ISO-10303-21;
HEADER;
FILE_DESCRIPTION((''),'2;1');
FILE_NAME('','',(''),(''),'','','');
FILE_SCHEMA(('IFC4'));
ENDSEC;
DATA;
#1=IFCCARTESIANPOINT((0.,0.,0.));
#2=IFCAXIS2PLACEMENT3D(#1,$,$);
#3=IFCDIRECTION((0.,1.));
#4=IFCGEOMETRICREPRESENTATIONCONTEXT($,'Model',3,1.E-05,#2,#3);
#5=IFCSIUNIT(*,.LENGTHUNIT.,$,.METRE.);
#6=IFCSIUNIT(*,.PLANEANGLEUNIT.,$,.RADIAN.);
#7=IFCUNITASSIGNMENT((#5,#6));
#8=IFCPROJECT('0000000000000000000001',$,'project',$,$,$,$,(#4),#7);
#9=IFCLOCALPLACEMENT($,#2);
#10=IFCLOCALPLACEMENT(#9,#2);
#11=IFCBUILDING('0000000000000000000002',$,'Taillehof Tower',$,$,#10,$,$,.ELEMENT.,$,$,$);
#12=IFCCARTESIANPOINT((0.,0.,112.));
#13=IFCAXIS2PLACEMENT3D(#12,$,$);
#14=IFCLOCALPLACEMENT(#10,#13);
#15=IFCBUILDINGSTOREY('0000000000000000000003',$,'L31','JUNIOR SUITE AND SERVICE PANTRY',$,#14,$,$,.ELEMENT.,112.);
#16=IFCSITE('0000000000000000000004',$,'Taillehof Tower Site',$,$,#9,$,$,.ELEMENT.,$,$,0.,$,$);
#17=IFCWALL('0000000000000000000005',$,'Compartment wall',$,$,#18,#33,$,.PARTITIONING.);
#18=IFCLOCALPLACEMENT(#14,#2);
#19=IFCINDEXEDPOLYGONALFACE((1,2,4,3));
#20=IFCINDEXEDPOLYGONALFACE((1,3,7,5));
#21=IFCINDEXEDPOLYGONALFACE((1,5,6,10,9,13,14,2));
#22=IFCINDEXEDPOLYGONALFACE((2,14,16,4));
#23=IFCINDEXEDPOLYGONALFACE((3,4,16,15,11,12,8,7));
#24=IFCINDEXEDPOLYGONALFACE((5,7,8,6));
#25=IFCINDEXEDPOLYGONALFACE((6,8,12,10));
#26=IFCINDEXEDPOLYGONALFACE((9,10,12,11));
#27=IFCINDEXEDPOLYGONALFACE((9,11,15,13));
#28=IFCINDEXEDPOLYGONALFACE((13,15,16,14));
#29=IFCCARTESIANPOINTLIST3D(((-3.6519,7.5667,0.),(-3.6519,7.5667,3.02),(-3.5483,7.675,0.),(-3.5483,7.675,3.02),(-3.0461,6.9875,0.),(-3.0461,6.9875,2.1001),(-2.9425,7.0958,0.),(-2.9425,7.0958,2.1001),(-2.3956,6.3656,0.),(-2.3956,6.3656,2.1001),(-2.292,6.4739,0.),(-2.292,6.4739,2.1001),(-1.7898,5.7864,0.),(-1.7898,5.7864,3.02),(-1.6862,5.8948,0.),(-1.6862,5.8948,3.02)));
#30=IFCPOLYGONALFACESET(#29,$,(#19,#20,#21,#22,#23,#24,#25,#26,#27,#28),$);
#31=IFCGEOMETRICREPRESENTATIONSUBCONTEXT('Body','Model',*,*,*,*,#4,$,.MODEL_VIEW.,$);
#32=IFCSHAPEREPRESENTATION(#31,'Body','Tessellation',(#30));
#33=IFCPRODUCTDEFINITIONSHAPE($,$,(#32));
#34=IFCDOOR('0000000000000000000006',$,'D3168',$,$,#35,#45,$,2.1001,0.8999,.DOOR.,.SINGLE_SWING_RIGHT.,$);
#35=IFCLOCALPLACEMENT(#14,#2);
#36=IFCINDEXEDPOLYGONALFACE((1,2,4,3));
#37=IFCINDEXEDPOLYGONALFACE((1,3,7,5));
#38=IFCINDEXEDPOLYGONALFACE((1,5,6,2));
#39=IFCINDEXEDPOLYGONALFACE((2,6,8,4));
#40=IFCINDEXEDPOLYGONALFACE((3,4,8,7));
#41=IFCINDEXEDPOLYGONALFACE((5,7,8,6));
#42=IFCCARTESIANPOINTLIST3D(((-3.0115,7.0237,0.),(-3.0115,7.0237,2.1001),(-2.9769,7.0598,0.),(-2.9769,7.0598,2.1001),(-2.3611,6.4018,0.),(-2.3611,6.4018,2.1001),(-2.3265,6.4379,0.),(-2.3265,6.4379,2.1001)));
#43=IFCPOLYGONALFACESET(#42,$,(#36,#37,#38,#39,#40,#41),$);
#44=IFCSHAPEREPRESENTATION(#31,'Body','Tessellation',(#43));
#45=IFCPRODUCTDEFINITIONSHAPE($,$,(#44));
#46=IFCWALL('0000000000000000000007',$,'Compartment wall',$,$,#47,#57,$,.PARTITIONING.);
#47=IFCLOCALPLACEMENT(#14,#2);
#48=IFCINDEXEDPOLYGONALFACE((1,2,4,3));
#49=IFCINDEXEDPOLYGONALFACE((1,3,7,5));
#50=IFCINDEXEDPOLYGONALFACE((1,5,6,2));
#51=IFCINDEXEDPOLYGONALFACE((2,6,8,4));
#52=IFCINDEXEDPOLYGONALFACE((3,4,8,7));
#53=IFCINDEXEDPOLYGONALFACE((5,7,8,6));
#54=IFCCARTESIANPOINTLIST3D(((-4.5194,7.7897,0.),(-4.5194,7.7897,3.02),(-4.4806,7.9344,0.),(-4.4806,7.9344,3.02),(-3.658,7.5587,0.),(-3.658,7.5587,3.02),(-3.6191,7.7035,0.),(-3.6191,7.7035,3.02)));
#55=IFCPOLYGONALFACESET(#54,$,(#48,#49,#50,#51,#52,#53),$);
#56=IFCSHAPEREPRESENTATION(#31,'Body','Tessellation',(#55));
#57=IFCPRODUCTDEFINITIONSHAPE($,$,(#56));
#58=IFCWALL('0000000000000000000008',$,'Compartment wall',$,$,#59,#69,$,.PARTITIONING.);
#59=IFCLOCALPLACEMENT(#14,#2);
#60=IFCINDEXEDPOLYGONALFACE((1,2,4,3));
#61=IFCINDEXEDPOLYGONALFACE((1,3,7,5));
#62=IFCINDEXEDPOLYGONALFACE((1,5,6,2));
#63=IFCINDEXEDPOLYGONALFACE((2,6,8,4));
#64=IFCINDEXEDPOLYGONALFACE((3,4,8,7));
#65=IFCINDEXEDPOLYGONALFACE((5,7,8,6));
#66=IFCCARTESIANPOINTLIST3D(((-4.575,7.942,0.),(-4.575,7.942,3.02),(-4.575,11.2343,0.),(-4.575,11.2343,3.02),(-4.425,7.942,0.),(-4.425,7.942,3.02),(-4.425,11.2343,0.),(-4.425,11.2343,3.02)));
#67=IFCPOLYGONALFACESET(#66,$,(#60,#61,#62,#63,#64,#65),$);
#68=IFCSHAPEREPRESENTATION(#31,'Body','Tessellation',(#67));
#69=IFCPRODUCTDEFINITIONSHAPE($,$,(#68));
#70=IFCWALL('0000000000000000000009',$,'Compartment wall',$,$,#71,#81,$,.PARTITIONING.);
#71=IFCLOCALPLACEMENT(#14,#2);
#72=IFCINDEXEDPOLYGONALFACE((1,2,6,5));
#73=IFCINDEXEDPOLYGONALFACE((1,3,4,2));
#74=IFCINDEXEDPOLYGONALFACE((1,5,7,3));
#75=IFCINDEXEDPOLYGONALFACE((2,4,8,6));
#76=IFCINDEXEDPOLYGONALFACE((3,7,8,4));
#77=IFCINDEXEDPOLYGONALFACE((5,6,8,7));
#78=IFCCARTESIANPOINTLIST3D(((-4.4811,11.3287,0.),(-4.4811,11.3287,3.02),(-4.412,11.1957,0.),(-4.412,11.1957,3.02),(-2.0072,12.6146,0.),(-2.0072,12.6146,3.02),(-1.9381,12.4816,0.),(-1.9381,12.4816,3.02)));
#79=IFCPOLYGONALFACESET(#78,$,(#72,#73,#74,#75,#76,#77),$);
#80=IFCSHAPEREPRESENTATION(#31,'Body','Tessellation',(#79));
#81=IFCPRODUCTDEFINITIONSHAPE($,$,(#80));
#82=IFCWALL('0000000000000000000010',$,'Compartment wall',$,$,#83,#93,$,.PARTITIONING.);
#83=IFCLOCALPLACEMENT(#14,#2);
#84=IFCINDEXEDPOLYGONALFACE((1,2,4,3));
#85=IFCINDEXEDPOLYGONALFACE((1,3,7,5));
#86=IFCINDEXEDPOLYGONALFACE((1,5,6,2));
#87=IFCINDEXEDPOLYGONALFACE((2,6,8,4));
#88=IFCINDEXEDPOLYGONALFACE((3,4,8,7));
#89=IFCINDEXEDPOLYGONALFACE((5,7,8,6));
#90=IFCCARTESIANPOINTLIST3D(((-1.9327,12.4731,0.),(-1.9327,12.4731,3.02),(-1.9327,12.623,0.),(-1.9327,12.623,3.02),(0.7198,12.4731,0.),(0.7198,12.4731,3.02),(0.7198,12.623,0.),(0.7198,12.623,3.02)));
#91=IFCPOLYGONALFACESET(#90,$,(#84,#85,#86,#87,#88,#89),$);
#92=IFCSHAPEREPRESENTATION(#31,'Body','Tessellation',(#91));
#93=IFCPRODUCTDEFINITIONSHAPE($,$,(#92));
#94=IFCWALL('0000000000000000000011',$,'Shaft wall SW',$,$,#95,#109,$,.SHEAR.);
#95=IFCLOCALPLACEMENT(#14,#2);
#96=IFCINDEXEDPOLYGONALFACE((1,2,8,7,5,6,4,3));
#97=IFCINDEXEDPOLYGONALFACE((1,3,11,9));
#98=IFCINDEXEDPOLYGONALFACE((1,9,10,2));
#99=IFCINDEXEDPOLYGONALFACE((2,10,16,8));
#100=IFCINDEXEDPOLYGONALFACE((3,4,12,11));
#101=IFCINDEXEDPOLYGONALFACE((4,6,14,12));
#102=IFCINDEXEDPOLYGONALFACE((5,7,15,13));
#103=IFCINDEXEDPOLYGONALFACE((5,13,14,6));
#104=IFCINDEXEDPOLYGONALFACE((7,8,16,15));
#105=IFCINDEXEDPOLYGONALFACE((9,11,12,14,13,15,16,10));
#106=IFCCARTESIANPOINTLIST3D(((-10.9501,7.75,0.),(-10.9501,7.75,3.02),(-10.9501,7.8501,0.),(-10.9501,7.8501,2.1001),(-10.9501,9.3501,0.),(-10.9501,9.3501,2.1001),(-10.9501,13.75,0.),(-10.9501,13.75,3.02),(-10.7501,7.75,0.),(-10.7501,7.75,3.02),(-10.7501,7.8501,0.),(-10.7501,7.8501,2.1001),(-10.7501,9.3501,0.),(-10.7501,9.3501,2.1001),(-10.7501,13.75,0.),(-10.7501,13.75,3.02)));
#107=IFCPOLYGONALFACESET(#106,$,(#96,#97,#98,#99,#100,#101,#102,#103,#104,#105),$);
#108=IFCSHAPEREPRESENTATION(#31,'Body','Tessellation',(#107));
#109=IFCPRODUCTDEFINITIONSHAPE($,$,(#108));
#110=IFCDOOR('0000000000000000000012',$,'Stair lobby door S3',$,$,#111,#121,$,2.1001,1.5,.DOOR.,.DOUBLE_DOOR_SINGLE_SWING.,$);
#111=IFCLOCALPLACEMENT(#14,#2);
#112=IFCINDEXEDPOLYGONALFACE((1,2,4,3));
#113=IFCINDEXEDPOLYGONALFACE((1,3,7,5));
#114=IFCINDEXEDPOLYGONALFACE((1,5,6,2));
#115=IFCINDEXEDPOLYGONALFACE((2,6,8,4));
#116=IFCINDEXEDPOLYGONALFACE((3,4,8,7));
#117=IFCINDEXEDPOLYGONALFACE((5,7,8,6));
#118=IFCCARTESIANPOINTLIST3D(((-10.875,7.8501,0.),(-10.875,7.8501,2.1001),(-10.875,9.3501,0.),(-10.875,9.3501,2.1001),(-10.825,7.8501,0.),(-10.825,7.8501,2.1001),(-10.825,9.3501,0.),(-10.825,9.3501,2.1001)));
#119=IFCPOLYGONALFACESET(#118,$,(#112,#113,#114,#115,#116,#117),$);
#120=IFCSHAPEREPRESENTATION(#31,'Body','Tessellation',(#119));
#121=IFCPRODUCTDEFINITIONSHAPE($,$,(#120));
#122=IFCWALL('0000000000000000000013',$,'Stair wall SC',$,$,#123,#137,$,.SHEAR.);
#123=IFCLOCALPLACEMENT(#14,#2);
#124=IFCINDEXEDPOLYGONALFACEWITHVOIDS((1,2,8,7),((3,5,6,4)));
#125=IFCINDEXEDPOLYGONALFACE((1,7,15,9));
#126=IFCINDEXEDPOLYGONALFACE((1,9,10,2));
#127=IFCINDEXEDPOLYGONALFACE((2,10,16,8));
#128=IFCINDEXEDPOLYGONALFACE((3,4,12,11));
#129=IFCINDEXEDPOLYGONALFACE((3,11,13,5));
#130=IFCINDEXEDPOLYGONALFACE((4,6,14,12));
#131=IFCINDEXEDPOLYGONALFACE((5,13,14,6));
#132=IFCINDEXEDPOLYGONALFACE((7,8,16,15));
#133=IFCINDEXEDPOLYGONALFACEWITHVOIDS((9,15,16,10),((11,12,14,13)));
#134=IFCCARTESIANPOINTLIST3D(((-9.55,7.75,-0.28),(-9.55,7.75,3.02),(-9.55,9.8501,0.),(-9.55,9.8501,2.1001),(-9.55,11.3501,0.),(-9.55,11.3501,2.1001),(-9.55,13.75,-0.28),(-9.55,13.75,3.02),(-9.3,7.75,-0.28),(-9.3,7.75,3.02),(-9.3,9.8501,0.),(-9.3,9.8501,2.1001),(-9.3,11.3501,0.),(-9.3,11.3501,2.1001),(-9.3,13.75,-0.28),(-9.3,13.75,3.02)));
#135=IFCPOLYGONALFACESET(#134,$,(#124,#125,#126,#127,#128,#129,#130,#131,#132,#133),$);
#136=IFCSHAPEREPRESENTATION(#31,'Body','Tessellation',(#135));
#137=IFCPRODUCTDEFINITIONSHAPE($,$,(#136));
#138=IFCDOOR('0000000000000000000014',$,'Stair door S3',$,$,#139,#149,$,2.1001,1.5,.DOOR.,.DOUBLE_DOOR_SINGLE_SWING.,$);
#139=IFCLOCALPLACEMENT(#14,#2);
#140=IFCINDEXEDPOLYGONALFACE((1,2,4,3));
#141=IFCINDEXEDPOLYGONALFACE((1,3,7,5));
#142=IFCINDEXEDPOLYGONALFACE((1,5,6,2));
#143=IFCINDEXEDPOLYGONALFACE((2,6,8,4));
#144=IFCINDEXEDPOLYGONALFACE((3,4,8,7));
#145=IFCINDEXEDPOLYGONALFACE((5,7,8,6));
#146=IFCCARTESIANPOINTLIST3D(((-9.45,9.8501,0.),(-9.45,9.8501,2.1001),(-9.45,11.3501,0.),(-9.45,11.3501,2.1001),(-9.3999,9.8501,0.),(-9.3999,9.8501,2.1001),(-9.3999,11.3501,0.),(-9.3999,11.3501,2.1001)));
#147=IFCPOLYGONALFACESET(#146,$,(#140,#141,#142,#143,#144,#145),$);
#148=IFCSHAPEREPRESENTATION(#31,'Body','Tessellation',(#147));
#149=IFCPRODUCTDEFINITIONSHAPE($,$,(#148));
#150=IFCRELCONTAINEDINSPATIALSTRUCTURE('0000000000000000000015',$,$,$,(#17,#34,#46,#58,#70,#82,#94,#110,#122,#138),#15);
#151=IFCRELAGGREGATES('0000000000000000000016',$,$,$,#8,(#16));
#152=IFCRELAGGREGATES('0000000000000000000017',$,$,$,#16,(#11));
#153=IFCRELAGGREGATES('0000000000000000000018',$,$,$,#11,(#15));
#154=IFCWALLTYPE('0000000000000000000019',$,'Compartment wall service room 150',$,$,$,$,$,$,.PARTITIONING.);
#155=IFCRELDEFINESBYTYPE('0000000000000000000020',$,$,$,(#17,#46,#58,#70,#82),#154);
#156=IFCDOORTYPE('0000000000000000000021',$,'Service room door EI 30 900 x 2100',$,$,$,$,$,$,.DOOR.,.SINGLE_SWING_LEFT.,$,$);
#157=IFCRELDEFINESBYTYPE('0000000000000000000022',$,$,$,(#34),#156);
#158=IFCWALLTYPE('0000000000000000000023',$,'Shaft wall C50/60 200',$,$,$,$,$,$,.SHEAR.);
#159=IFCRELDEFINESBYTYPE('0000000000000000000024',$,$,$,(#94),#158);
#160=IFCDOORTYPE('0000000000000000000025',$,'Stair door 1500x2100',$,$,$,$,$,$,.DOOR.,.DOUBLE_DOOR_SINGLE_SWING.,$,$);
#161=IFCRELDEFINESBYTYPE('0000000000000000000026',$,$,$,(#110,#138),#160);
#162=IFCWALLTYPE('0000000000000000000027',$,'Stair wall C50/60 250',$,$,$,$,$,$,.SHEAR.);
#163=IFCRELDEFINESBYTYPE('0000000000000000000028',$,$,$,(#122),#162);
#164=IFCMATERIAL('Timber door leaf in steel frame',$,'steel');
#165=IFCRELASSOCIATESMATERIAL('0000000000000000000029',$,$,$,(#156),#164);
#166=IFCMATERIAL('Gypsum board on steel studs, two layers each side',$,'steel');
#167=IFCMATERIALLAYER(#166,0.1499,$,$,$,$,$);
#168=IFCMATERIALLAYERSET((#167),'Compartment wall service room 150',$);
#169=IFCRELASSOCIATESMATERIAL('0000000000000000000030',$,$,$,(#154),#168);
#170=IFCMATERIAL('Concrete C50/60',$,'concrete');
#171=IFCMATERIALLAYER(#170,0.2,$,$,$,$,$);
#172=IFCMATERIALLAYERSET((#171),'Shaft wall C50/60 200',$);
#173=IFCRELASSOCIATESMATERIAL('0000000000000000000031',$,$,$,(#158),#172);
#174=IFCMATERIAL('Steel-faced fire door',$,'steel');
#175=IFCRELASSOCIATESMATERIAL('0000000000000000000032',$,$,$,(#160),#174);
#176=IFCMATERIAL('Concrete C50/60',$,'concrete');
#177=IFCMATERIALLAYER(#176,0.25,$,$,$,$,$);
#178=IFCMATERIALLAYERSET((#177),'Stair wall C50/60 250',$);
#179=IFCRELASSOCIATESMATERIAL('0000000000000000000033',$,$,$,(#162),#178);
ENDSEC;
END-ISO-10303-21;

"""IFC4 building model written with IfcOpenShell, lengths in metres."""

from ifc_helpers import new_model, si_unit, direction, frame, frame_2d, origin, place, context, subcontext, project, spatial, rectangle, extrude, material, layer, layer_set, type_object, element, fill, save


model = new_model("IFC4")

# Units and contexts
model_context = context("Model", 3, precision=1e-05, world=origin(), true_north=direction((0.0, 1.0)))
body_context = subcontext(model_context, "Body", "Model", "MODEL_VIEW")
ifc_project = project(units=[si_unit("LENGTHUNIT", "METRE"), si_unit("PLANEANGLEUNIT", "RADIAN")], contexts=[model_context])

# Site, building, storey
site_placement = place(None, origin())
site = spatial("IfcSite", under=ifc_project, at=site_placement, Name="Taillehof Tower Site", CompositionType="ELEMENT", RefElevation=0.0)
building_placement = place(site_placement, origin())
building = spatial("IfcBuilding", under=site, at=building_placement, Name="Taillehof Tower", CompositionType="ELEMENT")
storey_placement = place(building_placement, frame((0.0, 0.0, 112.0)))
storey = spatial("IfcBuildingStorey", under=building, at=storey_placement, Name="L31", Description="JUNIOR SUITE AND SERVICE PANTRY", CompositionType="ELEMENT", Elevation=112.0)

# Shared definitions
ifc_material_1 = material(Name="Timber door leaf in steel frame", Category="steel")
door_type_1 = type_object("IfcDoorType", Name="Service room door EI 30 900 x 2100", OperationType="SINGLE_SWING_LEFT", PredefinedType="DOOR", material=ifc_material_1)

# Shared definitions
ifc_material_2 = material(Name="Gypsum board on steel studs, two layers each side", Category="steel")
ifc_layer_1 = layer(ifc_material_2, 0.1499)
ifc_layer_set_1 = layer_set([ifc_layer_1], Name="Compartment wall service room 150")
wall_type_1 = type_object("IfcWallType", Name="Compartment wall service room 150", PredefinedType="PARTITIONING", material=ifc_layer_set_1)

# Wall, opening, door
wall_1_placement = place(storey_placement, frame((-1.738, 5.8406, 0.0), z_axis=(0.0, 0.0, 1.0), x_axis=(-0.722802, 0.691055, 0.0)))
wall_1 = element("IfcWall", 1, at=wall_1_placement, inside=storey, type_object=wall_type_1, Name="Compartment wall", PredefinedType="PARTITIONING", context=body_context, shape_type="SweptSolid", body=[
    extrude(rectangle(XDim=2.5762, YDim=0.1499, at=frame_2d((1.2881, 0.0))), origin(), (0.0, 0.0, 1.0), 3.02),
])
opening_1_placement = place(wall_1_placement, frame((0.8381, 0.0, 0.0)))
opening_1 = element("IfcOpeningElement", 2, at=opening_1_placement, cuts=wall_1, PredefinedType="OPENING", context=body_context, shape_type="SweptSolid", body=[
    extrude(rectangle(XDim=0.8999, YDim=2.1001, at=frame_2d((0.45, 1.05))), frame((0.0, 0.085, 0.0), z_axis=(0.0, -1.0, 0.0), x_axis=(1.0, 0.0, 0.0)), (0.0, 0.0, 1.0), 0.1699),
])
door_1_placement = place(opening_1_placement, origin())
door_1 = element("IfcDoor", 3, at=door_1_placement, inside=storey, type_object=door_type_1, Name="D3168", OperationType="SINGLE_SWING_RIGHT", OverallHeight=2.1001, OverallWidth=0.8999, PredefinedType="DOOR", context=body_context, shape_type="SweptSolid", body=[
    extrude(rectangle(XDim=0.8999, YDim=2.1001, at=frame_2d((0.45, 1.05))), frame((0.0, 0.0249, 0.0), z_axis=(0.0, -1.0, 0.0), x_axis=(1.0, 0.0, 0.0)), (0.0, 0.0, 1.0), 0.05),
])
fill(opening_1, door_1)

# Walls
wall_2_placement = place(storey_placement, frame((-3.6387, 7.6311, 0.0), z_axis=(0.0, 0.0, 1.0), x_axis=(-0.96588, 0.258992, 0.0)))
element("IfcWall", 4, at=wall_2_placement, inside=storey, type_object=wall_type_1, Name="Compartment wall", PredefinedType="PARTITIONING", context=body_context, shape_type="SweptSolid", body=[
    extrude(rectangle(XDim=0.8918, YDim=0.1499, at=frame_2d((0.4458, 0.0))), origin(), (0.0, 0.0, 1.0), 3.02),
])
wall_3_placement = place(storey_placement, frame((-4.5, 7.9421, 0.0), z_axis=(0.0, 0.0, 1.0), x_axis=(0.0, 1.0, 0.0)))
element("IfcWall", 5, at=wall_3_placement, inside=storey, type_object=wall_type_1, Name="Compartment wall", PredefinedType="PARTITIONING", context=body_context, shape_type="SweptSolid", body=[
    extrude(rectangle(XDim=3.2922, YDim=0.1499, at=frame_2d((1.646, 0.0))), origin(), (0.0, 0.0, 1.0), 3.02),
])
wall_4_placement = place(storey_placement, frame((-4.4465, 11.2622, 0.0), z_axis=(0.0, 0.0, 1.0), x_axis=(0.887294, 0.461204, 0.0)))
element("IfcWall", 6, at=wall_4_placement, inside=storey, type_object=wall_type_1, Name="Compartment wall", PredefinedType="PARTITIONING", context=body_context, shape_type="SweptSolid", body=[
    extrude(rectangle(XDim=2.7881, YDim=0.1499, at=frame_2d((1.394, 0.0))), origin(), (0.0, 0.0, 1.0), 3.02),
])
wall_5_placement = place(storey_placement, frame((-1.9326, 12.5481, 0.0), z_axis=(0.0, 0.0, 1.0), x_axis=(1.0, 0.0, 0.0)))
element("IfcWall", 7, at=wall_5_placement, inside=storey, type_object=wall_type_1, Name="Compartment wall", PredefinedType="PARTITIONING", context=body_context, shape_type="SweptSolid", body=[
    extrude(rectangle(XDim=2.6526, YDim=0.1499, at=frame_2d((1.3262, 0.0))), origin(), (0.0, 0.0, 1.0), 3.02),
])

# Walls, openings, doors
ifc_material_3 = material(Name="Concrete C50/60", Category="concrete")
ifc_layer_2 = layer(ifc_material_3, 0.2)
ifc_layer_set_2 = layer_set([ifc_layer_2], Name="Shaft wall C50/60 200")
wall_type_2 = type_object("IfcWallType", Name="Shaft wall C50/60 200", PredefinedType="SHEAR", material=ifc_layer_set_2)
wall_6_placement = place(storey_placement, frame((-10.8501, 7.75, 0.0), z_axis=(0.0, 0.0, 1.0), x_axis=(0.0, 1.0, 0.0)))
wall_6 = element("IfcWall", 8, at=wall_6_placement, inside=storey, type_object=wall_type_2, Name="Shaft wall SW", PredefinedType="SHEAR", context=body_context, shape_type="SweptSolid", body=[
    extrude(rectangle(XDim=6.0, YDim=0.2, at=frame_2d((3.0, 0.0))), origin(), (0.0, 0.0, 1.0), 3.02),
])
opening_2_placement = place(wall_6_placement, frame((0.1001, 0.0, 0.0)))
opening_2 = element("IfcOpeningElement", 9, at=opening_2_placement, cuts=wall_6, PredefinedType="OPENING", context=body_context, shape_type="SweptSolid", body=[
    extrude(rectangle(XDim=1.5, YDim=2.1001, at=frame_2d((0.75, 1.05))), frame((0.0, 0.1099, 0.0), z_axis=(0.0, -1.0, 0.0), x_axis=(1.0, 0.0, 0.0)), (0.0, 0.0, 1.0), 0.22),
])
ifc_material_4 = material(Name="Steel-faced fire door", Category="steel")
door_type_2 = type_object("IfcDoorType", Name="Stair door 1500x2100", OperationType="DOUBLE_DOOR_SINGLE_SWING", PredefinedType="DOOR", material=ifc_material_4)
door_2_placement = place(opening_2_placement, origin())
door_2 = element("IfcDoor", 10, at=door_2_placement, inside=storey, type_object=door_type_2, Name="Stair lobby door S3", OperationType="DOUBLE_DOOR_SINGLE_SWING", OverallHeight=2.1001, OverallWidth=1.5, PredefinedType="DOOR", context=body_context, shape_type="SweptSolid", body=[
    extrude(rectangle(XDim=1.5, YDim=2.1001, at=frame_2d((0.75, 1.05))), frame((0.0, 0.0249, 0.0), z_axis=(0.0, -1.0, 0.0), x_axis=(1.0, 0.0, 0.0)), (0.0, 0.0, 1.0), 0.05),
])
fill(opening_2, door_2)
ifc_material_5 = material(Name="Concrete C50/60", Category="concrete")
ifc_layer_3 = layer(ifc_material_5, 0.25)
ifc_layer_set_3 = layer_set([ifc_layer_3], Name="Stair wall C50/60 250")
wall_type_3 = type_object("IfcWallType", Name="Stair wall C50/60 250", PredefinedType="SHEAR", material=ifc_layer_set_3)
wall_7_placement = place(storey_placement, frame((-9.425, 7.75, -0.28), z_axis=(0.0, 0.0, 1.0), x_axis=(0.0, 1.0, 0.0)))
wall_7 = element("IfcWall", 11, at=wall_7_placement, inside=storey, type_object=wall_type_3, Name="Stair wall SC", PredefinedType="SHEAR", context=body_context, shape_type="SweptSolid", body=[
    extrude(rectangle(XDim=6.0, YDim=0.25, at=frame_2d((3.0, 0.0))), origin(), (0.0, 0.0, 1.0), 3.3),
])
opening_3_placement = place(wall_7_placement, frame((2.1001, 0.0, 0.28)))
opening_3 = element("IfcOpeningElement", 12, at=opening_3_placement, cuts=wall_7, PredefinedType="OPENING", context=body_context, shape_type="SweptSolid", body=[
    extrude(rectangle(XDim=1.5, YDim=2.1001, at=frame_2d((0.75, 1.05))), frame((0.0, 0.135, 0.0), z_axis=(0.0, -1.0, 0.0), x_axis=(1.0, 0.0, 0.0)), (0.0, 0.0, 1.0), 0.27),
])
door_3_placement = place(opening_3_placement, origin())
door_3 = element("IfcDoor", 13, at=door_3_placement, inside=storey, type_object=door_type_2, Name="Stair door S3", OperationType="DOUBLE_DOOR_SINGLE_SWING", OverallHeight=2.1001, OverallWidth=1.5, PredefinedType="DOOR", context=body_context, shape_type="SweptSolid", body=[
    extrude(rectangle(XDim=1.5, YDim=2.1001, at=frame_2d((0.75, 1.05))), frame((0.0, 0.0249, 0.0), z_axis=(0.0, -1.0, 0.0), x_axis=(1.0, 0.0, 0.0)), (0.0, 0.0, 1.0), 0.05),
])
fill(opening_3, door_3)

save(model, "model.ifc")
